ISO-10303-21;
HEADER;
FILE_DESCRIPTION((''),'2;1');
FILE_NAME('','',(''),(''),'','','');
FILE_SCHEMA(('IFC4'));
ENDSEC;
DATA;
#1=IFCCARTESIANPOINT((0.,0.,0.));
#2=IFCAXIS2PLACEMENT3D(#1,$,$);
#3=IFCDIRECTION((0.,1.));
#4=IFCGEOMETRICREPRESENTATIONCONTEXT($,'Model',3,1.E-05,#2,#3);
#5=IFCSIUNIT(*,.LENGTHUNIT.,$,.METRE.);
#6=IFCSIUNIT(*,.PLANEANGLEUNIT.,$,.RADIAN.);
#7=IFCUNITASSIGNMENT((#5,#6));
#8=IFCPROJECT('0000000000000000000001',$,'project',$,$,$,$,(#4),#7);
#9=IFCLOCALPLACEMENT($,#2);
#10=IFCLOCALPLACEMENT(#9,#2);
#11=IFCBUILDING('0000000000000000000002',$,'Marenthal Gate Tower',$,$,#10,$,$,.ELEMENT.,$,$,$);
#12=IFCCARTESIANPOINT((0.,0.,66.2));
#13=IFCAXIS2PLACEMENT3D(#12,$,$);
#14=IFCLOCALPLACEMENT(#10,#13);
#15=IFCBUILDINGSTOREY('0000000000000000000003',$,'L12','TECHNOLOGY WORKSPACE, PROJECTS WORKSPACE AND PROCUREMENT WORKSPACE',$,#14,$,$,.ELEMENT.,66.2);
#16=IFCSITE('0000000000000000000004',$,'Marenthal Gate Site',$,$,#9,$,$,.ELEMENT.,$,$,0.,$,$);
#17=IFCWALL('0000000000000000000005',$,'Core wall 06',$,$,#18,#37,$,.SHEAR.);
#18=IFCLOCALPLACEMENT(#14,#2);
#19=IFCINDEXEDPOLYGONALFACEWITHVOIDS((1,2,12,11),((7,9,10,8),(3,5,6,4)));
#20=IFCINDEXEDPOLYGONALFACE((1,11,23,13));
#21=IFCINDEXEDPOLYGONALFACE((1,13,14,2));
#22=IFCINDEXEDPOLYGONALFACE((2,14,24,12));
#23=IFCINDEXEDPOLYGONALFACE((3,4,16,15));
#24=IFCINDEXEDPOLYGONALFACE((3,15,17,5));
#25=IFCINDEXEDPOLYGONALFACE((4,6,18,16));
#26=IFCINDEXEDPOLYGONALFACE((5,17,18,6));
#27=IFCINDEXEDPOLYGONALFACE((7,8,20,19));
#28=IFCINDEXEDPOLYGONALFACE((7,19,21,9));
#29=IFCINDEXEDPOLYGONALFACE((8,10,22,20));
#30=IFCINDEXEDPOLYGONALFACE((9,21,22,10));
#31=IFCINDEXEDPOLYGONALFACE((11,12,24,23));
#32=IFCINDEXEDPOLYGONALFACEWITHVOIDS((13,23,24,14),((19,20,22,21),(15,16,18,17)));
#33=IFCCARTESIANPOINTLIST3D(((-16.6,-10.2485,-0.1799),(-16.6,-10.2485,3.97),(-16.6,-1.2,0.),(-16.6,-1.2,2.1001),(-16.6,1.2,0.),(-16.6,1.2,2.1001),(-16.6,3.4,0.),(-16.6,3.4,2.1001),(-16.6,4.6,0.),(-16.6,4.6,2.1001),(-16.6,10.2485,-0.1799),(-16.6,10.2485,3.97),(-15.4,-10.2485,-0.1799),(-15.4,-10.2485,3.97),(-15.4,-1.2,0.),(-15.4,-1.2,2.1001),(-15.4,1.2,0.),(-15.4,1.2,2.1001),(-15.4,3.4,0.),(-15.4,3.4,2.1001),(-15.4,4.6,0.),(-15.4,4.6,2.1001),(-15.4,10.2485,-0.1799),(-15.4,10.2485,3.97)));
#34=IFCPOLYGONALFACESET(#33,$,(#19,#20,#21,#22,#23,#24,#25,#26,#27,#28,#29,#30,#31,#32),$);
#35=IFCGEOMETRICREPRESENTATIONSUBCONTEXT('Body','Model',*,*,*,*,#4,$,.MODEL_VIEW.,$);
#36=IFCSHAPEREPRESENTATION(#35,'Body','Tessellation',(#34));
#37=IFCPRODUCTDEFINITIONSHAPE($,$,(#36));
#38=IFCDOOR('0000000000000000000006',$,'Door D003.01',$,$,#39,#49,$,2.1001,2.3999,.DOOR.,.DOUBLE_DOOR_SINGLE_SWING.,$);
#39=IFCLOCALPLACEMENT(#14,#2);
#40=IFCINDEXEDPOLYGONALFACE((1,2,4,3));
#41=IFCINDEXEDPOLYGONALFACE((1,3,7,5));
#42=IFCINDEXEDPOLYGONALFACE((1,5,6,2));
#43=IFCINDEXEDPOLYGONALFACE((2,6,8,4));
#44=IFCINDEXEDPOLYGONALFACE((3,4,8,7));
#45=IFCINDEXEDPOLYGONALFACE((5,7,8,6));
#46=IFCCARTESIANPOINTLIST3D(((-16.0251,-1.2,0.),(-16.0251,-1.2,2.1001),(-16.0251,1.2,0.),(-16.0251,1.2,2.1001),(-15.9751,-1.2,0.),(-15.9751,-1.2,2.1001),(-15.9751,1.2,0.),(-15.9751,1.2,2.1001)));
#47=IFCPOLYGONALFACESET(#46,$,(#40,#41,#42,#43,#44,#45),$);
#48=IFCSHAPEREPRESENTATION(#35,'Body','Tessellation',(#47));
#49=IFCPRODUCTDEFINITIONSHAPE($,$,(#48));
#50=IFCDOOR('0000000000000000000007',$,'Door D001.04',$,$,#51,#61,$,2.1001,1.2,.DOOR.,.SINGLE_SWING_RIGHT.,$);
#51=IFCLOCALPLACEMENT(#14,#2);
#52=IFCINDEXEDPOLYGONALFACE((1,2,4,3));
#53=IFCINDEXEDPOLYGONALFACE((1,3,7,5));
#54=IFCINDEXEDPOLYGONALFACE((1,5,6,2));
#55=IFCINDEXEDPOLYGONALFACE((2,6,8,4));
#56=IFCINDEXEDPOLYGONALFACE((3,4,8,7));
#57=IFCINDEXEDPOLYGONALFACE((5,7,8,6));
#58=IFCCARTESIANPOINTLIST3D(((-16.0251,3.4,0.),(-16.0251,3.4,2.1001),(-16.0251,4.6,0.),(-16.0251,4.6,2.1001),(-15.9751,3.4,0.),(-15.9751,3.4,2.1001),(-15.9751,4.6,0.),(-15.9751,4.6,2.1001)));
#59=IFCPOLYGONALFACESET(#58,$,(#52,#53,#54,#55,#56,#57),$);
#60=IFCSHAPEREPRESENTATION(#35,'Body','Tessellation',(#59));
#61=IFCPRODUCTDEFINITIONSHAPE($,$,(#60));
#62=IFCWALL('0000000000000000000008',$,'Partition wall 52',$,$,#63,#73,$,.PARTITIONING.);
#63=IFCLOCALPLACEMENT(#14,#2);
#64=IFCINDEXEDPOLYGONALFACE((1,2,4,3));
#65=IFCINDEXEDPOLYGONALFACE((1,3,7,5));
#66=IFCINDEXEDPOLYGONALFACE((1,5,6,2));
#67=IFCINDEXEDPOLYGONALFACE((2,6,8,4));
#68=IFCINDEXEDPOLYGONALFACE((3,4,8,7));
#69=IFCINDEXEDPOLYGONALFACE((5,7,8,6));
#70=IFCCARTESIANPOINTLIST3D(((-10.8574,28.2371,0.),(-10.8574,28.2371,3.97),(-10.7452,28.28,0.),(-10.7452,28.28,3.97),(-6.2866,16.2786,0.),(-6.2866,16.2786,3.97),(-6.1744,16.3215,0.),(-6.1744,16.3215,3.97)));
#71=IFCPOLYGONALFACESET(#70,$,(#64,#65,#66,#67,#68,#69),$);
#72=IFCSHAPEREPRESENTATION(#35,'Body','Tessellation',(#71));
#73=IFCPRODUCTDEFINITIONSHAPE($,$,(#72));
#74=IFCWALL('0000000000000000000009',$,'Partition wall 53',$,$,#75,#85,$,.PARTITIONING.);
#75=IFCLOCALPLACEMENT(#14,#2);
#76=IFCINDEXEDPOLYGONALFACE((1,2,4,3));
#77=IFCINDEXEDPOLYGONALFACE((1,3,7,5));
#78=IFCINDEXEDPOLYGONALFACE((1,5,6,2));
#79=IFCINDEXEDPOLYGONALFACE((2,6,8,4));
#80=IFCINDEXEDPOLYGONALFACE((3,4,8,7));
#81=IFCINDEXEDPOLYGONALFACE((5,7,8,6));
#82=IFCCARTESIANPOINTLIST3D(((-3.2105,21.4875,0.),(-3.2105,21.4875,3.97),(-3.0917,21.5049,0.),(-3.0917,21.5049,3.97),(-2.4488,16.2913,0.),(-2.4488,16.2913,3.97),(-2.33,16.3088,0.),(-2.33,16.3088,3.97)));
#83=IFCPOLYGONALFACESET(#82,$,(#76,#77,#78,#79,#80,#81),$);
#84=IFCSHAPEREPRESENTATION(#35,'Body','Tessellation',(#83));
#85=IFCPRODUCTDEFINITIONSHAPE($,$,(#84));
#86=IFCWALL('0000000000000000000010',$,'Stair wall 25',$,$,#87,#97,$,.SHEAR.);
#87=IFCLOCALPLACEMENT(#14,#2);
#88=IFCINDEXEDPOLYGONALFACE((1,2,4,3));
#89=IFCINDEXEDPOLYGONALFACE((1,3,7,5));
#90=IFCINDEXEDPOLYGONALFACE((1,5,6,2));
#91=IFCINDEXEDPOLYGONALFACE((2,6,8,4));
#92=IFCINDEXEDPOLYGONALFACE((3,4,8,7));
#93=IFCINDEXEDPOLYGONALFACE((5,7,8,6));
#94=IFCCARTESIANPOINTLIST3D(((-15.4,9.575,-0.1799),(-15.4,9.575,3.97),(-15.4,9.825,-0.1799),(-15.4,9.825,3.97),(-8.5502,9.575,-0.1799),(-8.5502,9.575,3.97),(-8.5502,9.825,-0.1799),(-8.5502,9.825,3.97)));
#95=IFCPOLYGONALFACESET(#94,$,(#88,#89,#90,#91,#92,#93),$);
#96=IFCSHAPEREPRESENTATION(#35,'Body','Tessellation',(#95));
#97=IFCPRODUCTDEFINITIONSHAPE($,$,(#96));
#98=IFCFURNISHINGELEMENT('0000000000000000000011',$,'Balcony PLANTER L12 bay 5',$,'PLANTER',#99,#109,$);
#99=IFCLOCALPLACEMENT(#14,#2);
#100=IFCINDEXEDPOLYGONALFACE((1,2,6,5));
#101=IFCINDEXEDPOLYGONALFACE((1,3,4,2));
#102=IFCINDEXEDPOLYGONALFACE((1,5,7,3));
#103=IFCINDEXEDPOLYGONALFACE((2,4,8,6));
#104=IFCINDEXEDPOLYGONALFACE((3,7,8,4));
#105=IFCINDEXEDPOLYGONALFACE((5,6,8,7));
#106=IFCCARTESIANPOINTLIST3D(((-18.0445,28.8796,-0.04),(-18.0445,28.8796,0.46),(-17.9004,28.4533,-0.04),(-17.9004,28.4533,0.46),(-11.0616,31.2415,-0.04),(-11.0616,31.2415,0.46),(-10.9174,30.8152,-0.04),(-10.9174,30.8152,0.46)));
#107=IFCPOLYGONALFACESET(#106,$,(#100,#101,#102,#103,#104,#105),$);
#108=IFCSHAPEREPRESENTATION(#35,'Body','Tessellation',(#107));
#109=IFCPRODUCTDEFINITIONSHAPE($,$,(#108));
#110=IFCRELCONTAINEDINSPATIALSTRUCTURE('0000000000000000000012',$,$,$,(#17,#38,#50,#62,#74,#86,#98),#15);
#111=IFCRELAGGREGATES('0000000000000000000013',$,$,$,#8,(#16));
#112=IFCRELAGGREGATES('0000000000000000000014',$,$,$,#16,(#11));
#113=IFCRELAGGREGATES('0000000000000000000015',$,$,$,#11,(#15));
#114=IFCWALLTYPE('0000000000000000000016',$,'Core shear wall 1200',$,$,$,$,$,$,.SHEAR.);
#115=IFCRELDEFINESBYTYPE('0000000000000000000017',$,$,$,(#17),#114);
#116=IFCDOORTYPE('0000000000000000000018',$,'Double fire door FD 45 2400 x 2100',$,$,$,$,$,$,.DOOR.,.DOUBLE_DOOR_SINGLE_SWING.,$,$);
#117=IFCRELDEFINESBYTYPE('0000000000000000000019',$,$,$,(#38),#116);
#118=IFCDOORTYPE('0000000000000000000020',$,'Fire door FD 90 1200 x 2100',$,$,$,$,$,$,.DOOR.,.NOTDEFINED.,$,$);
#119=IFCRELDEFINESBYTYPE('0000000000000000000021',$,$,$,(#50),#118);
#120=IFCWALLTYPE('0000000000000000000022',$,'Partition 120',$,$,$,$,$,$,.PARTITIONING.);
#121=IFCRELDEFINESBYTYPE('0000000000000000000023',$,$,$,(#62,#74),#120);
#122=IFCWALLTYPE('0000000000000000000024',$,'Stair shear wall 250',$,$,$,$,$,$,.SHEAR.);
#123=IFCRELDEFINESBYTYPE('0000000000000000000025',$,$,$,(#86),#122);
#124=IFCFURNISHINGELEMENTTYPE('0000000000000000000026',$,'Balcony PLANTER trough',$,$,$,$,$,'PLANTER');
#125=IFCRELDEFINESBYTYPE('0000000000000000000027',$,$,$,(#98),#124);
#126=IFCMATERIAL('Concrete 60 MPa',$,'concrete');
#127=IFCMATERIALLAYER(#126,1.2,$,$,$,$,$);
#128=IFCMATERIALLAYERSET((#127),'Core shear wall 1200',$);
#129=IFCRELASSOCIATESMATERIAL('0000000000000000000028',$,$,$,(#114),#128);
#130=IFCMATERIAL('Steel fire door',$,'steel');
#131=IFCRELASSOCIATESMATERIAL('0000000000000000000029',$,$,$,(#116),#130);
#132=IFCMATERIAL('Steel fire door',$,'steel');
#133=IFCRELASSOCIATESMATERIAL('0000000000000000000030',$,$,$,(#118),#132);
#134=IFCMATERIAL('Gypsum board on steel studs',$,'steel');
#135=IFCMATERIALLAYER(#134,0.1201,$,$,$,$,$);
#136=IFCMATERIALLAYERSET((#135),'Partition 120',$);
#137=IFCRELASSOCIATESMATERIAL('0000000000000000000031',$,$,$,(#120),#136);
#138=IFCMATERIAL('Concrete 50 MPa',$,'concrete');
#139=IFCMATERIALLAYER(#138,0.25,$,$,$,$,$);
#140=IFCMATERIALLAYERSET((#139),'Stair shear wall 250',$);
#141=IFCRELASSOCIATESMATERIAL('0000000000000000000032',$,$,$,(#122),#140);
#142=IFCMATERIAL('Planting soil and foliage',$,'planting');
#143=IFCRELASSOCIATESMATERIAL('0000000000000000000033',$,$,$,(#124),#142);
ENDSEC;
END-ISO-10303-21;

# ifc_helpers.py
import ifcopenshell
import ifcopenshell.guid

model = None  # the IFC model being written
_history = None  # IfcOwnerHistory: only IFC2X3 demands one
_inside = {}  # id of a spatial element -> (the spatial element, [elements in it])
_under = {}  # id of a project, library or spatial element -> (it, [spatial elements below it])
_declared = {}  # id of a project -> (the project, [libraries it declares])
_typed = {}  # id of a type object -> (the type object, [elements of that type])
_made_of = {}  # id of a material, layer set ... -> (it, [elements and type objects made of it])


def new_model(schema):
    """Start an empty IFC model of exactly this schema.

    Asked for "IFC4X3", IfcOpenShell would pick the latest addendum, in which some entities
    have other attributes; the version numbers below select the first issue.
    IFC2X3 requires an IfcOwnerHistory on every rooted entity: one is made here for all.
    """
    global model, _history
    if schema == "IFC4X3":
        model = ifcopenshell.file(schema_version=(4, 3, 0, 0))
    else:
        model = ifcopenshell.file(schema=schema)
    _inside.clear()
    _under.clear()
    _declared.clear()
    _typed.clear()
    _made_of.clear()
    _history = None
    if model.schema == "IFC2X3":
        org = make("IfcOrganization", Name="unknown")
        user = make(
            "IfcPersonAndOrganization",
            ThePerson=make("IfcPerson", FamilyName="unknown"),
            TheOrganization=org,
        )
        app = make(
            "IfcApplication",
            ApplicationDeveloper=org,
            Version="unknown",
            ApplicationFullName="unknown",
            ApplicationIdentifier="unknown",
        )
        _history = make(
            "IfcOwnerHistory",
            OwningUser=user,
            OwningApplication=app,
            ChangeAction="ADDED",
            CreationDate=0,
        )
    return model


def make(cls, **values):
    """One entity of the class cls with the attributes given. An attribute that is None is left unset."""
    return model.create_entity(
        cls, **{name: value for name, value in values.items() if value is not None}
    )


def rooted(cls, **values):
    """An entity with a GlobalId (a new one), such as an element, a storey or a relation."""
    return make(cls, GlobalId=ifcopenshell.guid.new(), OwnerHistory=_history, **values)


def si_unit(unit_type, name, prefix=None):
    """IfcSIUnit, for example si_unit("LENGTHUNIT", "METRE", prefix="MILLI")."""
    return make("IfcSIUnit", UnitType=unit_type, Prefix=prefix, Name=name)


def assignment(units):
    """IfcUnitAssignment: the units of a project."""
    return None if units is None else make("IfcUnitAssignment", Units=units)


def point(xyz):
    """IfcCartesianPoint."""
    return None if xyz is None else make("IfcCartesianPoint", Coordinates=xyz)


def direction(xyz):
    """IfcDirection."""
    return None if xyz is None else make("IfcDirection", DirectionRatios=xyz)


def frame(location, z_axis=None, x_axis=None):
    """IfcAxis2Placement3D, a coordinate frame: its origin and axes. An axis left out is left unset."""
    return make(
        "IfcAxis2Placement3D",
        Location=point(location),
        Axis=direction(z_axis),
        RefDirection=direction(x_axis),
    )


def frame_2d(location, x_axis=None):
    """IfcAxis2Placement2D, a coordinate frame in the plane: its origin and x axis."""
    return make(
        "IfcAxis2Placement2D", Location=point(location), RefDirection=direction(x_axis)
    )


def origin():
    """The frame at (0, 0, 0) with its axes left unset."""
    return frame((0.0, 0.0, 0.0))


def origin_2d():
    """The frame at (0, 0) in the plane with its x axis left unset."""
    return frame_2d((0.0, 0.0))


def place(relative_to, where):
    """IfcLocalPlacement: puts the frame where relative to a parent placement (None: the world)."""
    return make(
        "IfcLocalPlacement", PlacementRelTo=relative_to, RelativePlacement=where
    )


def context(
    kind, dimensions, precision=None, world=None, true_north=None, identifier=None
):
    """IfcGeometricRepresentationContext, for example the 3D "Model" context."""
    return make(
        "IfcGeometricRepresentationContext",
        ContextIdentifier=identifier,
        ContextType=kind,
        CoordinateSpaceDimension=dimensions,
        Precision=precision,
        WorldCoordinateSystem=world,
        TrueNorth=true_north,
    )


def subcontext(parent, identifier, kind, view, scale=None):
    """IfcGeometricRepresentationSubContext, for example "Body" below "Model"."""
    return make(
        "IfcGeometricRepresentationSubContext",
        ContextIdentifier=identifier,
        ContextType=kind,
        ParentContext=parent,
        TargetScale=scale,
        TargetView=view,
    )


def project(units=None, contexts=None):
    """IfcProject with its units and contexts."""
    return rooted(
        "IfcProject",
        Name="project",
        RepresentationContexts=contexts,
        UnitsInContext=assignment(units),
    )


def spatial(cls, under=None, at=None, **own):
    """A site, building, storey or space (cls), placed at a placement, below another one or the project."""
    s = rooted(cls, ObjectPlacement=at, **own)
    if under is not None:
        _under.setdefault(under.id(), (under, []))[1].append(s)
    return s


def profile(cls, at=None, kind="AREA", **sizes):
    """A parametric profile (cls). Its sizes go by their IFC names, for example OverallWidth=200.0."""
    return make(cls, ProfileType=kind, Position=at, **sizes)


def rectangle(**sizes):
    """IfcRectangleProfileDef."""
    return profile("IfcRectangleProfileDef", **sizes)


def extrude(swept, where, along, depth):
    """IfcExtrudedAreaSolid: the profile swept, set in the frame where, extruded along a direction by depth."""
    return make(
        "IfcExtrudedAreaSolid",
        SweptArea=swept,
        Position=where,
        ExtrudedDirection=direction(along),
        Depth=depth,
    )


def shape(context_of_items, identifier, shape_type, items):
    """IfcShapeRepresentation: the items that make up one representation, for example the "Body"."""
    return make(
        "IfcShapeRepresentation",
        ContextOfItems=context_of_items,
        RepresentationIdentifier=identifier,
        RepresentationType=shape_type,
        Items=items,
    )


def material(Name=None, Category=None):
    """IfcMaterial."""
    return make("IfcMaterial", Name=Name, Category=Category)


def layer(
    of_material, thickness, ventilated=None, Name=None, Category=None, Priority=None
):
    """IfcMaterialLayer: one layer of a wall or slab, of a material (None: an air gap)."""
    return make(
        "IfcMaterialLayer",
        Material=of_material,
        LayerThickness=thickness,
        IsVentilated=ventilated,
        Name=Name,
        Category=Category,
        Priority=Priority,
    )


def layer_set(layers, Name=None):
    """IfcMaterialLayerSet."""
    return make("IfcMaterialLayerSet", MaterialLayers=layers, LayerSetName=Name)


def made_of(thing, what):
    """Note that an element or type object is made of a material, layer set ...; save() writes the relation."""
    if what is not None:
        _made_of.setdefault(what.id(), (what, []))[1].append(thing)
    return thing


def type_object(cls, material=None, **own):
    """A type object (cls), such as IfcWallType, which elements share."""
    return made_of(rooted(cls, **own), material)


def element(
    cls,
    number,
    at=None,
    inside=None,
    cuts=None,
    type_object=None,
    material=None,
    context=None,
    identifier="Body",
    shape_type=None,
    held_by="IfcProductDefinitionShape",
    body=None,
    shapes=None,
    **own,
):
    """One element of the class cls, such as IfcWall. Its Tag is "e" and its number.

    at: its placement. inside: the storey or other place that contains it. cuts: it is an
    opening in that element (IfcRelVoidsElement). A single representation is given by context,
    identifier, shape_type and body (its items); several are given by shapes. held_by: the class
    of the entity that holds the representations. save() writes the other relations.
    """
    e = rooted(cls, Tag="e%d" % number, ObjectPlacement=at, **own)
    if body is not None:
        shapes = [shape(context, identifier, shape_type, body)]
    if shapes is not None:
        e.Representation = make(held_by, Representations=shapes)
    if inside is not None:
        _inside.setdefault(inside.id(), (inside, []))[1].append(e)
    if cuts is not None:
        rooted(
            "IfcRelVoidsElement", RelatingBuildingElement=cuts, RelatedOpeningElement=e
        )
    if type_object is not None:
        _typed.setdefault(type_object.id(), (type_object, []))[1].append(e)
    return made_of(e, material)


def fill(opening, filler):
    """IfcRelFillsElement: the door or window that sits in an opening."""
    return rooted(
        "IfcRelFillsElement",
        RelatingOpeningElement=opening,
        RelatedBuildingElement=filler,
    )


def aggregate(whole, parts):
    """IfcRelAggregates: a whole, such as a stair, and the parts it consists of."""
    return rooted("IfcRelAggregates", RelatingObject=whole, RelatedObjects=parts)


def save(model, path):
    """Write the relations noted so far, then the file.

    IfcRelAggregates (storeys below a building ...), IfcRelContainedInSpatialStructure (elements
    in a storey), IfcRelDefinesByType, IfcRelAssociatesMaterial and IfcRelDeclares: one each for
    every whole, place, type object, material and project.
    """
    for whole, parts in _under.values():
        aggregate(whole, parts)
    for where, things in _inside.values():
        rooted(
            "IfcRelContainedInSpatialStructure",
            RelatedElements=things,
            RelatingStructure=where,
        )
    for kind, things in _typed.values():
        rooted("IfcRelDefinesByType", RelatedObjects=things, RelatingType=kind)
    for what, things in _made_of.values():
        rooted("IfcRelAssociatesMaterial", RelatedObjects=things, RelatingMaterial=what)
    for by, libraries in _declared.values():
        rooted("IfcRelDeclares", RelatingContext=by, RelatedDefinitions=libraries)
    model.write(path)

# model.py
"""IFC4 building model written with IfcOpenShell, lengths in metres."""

from ifc_helpers import new_model, si_unit, direction, frame, frame_2d, origin, origin_2d, place, context, subcontext, project, spatial, rectangle, extrude, material, layer, layer_set, type_object, element, fill, save


model = new_model("IFC4")

# Units and contexts
model_context = context("Model", 3, precision=1e-05, world=origin(), true_north=direction((0.0, 1.0)))
body_context = subcontext(model_context, "Body", "Model", "MODEL_VIEW")
ifc_project = project(units=[si_unit("LENGTHUNIT", "METRE"), si_unit("PLANEANGLEUNIT", "RADIAN")], contexts=[model_context])

# Site, building, storey
site_placement = place(None, origin())
site = spatial("IfcSite", under=ifc_project, at=site_placement, Name="Marenthal Gate Site", CompositionType="ELEMENT", RefElevation=0.0)
building_placement = place(site_placement, origin())
building = spatial("IfcBuilding", under=site, at=building_placement, Name="Marenthal Gate Tower", CompositionType="ELEMENT")
storey_placement = place(building_placement, frame((0.0, 0.0, 66.2)))
storey = spatial("IfcBuildingStorey", under=building, at=storey_placement, Name="L12", Description="TECHNOLOGY WORKSPACE, PROJECTS WORKSPACE AND PROCUREMENT WORKSPACE", CompositionType="ELEMENT", Elevation=66.2)

# Shared definitions
ifc_material_1 = material(Name="Concrete 60 MPa", Category="concrete")
ifc_layer_1 = layer(ifc_material_1, 1.2)
ifc_layer_set_1 = layer_set([ifc_layer_1], Name="Core shear wall 1200")
wall_type_1 = type_object("IfcWallType", Name="Core shear wall 1200", PredefinedType="SHEAR", material=ifc_layer_set_1)

# Wall, openings, doors
wall_1_placement = place(storey_placement, frame((-16.0, 10.2485, -0.1799), z_axis=(0.0, 0.0, 1.0), x_axis=(0.0, -1.0, 0.0)))
wall_1 = element("IfcWall", 1, at=wall_1_placement, inside=storey, type_object=wall_type_1, Name="Core wall 06", PredefinedType="SHEAR", context=body_context, shape_type="SweptSolid", body=[
    extrude(rectangle(XDim=20.4971, YDim=1.2, at=frame_2d((10.2485, 0.0))), origin(), (0.0, 0.0, 1.0), 4.1499),
])
opening_1_placement = place(wall_1_placement, frame((9.0486, 0.0, 0.1799)))
opening_1 = element("IfcOpeningElement", 2, at=opening_1_placement, cuts=wall_1, PredefinedType="OPENING", context=body_context, shape_type="SweptSolid", body=[
    extrude(rectangle(XDim=2.3999, YDim=2.1001, at=frame_2d((1.2, 1.05))), frame((0.0, 0.6099, 0.0), z_axis=(0.0, -1.0, 0.0), x_axis=(1.0, 0.0, 0.0)), (0.0, 0.0, 1.0), 1.22),
])
opening_2_placement = place(wall_1_placement, frame((5.6484, 0.0, 0.1799)))
opening_2 = element("IfcOpeningElement", 3, at=opening_2_placement, cuts=wall_1, PredefinedType="OPENING", context=body_context, shape_type="SweptSolid", body=[
    extrude(rectangle(XDim=1.2, YDim=2.1001, at=frame_2d((0.6001, 1.05))), frame((0.0, 0.6099, 0.0), z_axis=(0.0, -1.0, 0.0), x_axis=(1.0, 0.0, 0.0)), (0.0, 0.0, 1.0), 1.22),
])
ifc_material_2 = material(Name="Steel fire door", Category="steel")
door_type_1 = type_object("IfcDoorType", Name="Double fire door FD 45 2400 x 2100", OperationType="DOUBLE_DOOR_SINGLE_SWING", PredefinedType="DOOR", material=ifc_material_2)
door_1_placement = place(opening_1_placement, origin())
door_1 = element("IfcDoor", 4, at=door_1_placement, inside=storey, type_object=door_type_1, Name="Door D003.01", OperationType="DOUBLE_DOOR_SINGLE_SWING", OverallHeight=2.1001, OverallWidth=2.3999, PredefinedType="DOOR", context=body_context, shape_type="SweptSolid", body=[
    extrude(rectangle(XDim=2.3999, YDim=2.1001, at=frame_2d((1.2, 1.05))), frame((0.0, 0.0249, 0.0), z_axis=(0.0, -1.0, 0.0), x_axis=(1.0, 0.0, 0.0)), (0.0, 0.0, 1.0), 0.05),
])
fill(opening_1, door_1)
ifc_material_3 = material(Name="Steel fire door", Category="steel")
door_type_2 = type_object("IfcDoorType", Name="Fire door FD 90 1200 x 2100", OperationType="NOTDEFINED", PredefinedType="DOOR", material=ifc_material_3)
door_2_placement = place(opening_2_placement, origin())
door_2 = element("IfcDoor", 5, at=door_2_placement, inside=storey, type_object=door_type_2, Name="Door D001.04", OperationType="SINGLE_SWING_RIGHT", OverallHeight=2.1001, OverallWidth=1.2, PredefinedType="DOOR", context=body_context, shape_type="SweptSolid", body=[
    extrude(rectangle(XDim=1.2, YDim=2.1001, at=frame_2d((0.6001, 1.05))), frame((0.0, 0.0249, 0.0), z_axis=(0.0, -1.0, 0.0), x_axis=(1.0, 0.0, 0.0)), (0.0, 0.0, 1.0), 0.05),
])
fill(opening_2, door_2)

# Walls
ifc_material_4 = material(Name="Gypsum board on steel studs", Category="steel")
ifc_layer_2 = layer(ifc_material_4, 0.1201)
ifc_layer_set_2 = layer_set([ifc_layer_2], Name="Partition 120")
wall_type_2 = type_object("IfcWallType", Name="Partition 120", PredefinedType="PARTITIONING", material=ifc_layer_set_2)
wall_2_placement = place(storey_placement, frame((-6.2305, 16.3, 0.0), z_axis=(0.0, 0.0, 1.0), x_axis=(-0.357031, 0.934093, 0.0)))
element("IfcWall", 6, at=wall_2_placement, inside=storey, type_object=wall_type_2, Name="Partition wall 52", PredefinedType="PARTITIONING", context=body_context, shape_type="SweptSolid", body=[
    extrude(rectangle(XDim=12.8022, YDim=0.1201, at=frame_2d((6.4011, 0.0))), origin(), (0.0, 0.0, 1.0), 3.97),
])
wall_3_placement = place(storey_placement, frame((-3.1511, 21.4963, 0.0), z_axis=(0.0, 0.0, 1.0), x_axis=(0.145039, -0.989426, 0.0)))
element("IfcWall", 7, at=wall_3_placement, inside=storey, type_object=wall_type_2, Name="Partition wall 53", PredefinedType="PARTITIONING", context=body_context, shape_type="SweptSolid", body=[
    extrude(rectangle(XDim=5.2517, YDim=0.1201, at=frame_2d((2.626, 0.0))), origin(), (0.0, 0.0, 1.0), 3.97),
])
ifc_material_5 = material(Name="Concrete 50 MPa", Category="concrete")
ifc_layer_3 = layer(ifc_material_5, 0.25)
ifc_layer_set_3 = layer_set([ifc_layer_3], Name="Stair shear wall 250")
wall_type_3 = type_object("IfcWallType", Name="Stair shear wall 250", PredefinedType="SHEAR", material=ifc_layer_set_3)
wall_4_placement = place(storey_placement, frame((-15.3999, 9.7, -0.1799), z_axis=(0.0, 0.0, 1.0), x_axis=(1.0, 0.0, 0.0)))
element("IfcWall", 8, at=wall_4_placement, inside=storey, type_object=wall_type_3, Name="Stair wall 25", PredefinedType="SHEAR", context=body_context, shape_type="SweptSolid", body=[
    extrude(rectangle(XDim=6.8499, YDim=0.25, at=frame_2d((3.4248, 0.0))), origin(), (0.0, 0.0, 1.0), 4.1499),
])

# Furnishing element
ifc_material_6 = material(Name="Planting soil and foliage", Category="planting")
furnishing_element_type = type_object("IfcFurnishingElementType", Name="Balcony PLANTER trough", ElementType="PLANTER", material=ifc_material_6)
furnishing_placement = place(storey_placement, frame((-14.481, 29.8474, -0.04), z_axis=(0.0, 0.0, 1.0), x_axis=(-0.94728, -0.320406, 0.0)))
element("IfcFurnishingElement", 9, at=furnishing_placement, inside=storey, type_object=furnishing_element_type, Name="Balcony PLANTER L12 bay 5", ObjectType="PLANTER", context=body_context, shape_type="SweptSolid", body=[
    extrude(rectangle(XDim=7.3716, YDim=0.45, at=origin_2d()), origin(), (0.0, 0.0, 1.0), 0.5),
])

save(model, "model.ifc")
